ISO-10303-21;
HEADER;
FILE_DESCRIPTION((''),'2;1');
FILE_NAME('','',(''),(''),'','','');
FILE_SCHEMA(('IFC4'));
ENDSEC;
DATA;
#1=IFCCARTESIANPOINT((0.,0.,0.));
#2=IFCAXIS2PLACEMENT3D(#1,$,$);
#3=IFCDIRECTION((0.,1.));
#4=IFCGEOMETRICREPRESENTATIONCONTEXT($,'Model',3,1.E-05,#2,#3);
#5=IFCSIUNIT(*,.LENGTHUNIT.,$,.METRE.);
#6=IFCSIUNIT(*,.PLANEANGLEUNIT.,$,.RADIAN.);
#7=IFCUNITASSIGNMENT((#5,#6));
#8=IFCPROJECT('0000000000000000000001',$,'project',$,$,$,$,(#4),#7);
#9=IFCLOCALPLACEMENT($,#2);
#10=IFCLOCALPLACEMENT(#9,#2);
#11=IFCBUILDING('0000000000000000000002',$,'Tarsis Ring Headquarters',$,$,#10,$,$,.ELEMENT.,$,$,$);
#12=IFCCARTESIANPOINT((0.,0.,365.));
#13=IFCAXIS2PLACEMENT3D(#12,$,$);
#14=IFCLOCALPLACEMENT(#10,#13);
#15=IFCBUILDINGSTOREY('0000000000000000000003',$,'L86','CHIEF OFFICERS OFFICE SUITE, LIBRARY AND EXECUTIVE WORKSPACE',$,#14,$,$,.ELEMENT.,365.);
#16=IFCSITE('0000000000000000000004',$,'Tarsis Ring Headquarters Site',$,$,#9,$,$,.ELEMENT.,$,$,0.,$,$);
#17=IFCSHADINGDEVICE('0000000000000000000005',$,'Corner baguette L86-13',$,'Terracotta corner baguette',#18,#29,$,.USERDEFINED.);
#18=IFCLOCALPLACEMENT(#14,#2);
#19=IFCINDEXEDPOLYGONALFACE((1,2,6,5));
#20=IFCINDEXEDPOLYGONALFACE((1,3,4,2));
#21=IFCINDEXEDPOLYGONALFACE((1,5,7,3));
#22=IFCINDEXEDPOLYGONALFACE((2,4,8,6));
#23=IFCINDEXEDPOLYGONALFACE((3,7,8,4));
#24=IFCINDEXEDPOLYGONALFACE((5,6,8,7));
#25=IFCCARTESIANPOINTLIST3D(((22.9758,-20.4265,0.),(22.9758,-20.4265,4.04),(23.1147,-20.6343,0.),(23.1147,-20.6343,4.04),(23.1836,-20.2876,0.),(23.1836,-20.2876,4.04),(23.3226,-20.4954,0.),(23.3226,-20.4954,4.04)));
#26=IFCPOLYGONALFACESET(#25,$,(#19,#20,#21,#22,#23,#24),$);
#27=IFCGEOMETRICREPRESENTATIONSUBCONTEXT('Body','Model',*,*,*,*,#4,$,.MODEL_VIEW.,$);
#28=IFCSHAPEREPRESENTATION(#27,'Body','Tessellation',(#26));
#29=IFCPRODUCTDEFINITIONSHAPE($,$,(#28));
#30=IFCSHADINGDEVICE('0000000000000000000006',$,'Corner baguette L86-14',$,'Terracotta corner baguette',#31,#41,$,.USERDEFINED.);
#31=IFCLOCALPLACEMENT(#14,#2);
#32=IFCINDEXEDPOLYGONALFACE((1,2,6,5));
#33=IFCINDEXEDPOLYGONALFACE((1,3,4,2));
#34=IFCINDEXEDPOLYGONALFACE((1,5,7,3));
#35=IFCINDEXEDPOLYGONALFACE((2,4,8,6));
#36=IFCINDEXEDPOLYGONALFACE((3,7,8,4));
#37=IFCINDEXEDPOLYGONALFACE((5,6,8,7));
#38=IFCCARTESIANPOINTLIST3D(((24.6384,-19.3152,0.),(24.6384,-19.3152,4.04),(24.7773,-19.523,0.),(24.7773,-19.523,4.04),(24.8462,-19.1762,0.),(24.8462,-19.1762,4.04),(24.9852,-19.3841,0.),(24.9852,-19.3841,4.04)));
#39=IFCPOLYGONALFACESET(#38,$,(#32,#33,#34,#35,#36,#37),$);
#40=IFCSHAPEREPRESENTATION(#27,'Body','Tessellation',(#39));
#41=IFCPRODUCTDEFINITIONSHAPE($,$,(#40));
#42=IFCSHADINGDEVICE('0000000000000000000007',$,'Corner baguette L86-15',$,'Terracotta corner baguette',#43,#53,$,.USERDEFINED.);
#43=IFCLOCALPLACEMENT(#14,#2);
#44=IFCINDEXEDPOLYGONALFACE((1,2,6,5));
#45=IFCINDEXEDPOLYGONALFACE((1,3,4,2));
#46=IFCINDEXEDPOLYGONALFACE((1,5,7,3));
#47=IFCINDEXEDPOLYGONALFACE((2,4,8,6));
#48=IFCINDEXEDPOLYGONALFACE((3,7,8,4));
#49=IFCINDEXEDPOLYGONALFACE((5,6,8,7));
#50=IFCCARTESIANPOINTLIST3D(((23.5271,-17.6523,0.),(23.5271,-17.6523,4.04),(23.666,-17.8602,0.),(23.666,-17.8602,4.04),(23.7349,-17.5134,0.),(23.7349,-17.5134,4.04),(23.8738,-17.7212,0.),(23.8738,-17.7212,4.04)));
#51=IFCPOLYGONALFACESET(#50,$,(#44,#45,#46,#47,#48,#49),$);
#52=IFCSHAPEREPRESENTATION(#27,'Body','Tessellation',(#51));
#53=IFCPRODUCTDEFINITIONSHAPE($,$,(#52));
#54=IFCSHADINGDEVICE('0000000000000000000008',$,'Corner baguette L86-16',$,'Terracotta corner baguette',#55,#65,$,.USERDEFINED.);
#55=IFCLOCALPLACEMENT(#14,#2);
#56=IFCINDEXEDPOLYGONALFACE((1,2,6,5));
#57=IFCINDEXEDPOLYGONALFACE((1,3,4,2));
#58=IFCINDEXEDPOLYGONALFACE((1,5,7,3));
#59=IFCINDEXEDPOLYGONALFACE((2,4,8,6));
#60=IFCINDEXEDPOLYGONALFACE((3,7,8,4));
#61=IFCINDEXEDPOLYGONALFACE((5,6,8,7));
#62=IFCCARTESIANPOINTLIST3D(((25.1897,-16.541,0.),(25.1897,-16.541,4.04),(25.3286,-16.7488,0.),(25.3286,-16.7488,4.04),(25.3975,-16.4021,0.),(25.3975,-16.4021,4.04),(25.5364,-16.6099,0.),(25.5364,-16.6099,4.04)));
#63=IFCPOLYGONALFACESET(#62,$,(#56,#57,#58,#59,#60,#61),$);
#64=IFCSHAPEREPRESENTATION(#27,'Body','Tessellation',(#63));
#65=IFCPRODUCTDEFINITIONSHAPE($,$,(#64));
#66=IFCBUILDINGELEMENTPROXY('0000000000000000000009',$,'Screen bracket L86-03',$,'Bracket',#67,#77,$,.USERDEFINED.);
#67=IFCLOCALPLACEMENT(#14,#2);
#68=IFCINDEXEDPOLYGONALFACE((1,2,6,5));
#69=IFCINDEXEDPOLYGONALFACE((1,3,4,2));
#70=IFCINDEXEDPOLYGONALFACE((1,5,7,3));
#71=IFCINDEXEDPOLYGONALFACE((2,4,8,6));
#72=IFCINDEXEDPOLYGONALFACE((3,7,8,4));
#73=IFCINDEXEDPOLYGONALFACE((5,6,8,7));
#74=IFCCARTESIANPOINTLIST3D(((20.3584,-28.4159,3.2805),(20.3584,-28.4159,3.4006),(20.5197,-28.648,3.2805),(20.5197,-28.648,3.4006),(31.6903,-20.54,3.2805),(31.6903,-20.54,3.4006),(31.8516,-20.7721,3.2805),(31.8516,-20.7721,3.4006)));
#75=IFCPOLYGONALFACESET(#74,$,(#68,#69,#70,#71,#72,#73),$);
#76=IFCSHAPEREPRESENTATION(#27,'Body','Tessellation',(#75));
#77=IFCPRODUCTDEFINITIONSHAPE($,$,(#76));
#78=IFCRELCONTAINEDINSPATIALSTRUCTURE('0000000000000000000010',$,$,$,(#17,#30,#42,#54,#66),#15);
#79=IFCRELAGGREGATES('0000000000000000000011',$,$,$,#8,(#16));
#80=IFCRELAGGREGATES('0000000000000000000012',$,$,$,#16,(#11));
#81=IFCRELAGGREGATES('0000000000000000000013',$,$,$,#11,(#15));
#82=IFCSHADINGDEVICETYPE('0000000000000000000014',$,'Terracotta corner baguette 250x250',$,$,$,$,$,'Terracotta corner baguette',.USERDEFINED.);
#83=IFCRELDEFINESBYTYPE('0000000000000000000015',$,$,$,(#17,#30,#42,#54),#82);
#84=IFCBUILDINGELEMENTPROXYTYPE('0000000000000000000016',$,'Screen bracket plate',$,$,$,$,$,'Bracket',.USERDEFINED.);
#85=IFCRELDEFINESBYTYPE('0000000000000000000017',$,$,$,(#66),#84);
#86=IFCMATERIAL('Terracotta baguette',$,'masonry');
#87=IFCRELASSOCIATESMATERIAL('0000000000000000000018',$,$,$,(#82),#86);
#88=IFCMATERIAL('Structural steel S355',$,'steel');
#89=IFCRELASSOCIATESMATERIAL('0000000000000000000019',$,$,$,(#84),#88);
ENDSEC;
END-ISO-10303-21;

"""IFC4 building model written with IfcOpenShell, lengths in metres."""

from ifc_helpers import new_model, si_unit, direction, frame, origin, origin_2d, place, context, subcontext, project, spatial, rectangle, extrude, material, type_object, element, save


model = new_model("IFC4")

# Units and contexts
model_context = context("Model", 3, precision=1e-05, world=origin(), true_north=direction((0.0, 1.0)))
body_context = subcontext(model_context, "Body", "Model", "MODEL_VIEW")
ifc_project = project(units=[si_unit("LENGTHUNIT", "METRE"), si_unit("PLANEANGLEUNIT", "RADIAN")], contexts=[model_context])

# Site, building, storey
site_placement = place(None, origin())
site = spatial("IfcSite", under=ifc_project, at=site_placement, Name="Tarsis Ring Headquarters Site", CompositionType="ELEMENT", RefElevation=0.0)
building_placement = place(site_placement, origin())
building = spatial("IfcBuilding", under=site, at=building_placement, Name="Tarsis Ring Headquarters", CompositionType="ELEMENT")
storey_placement = place(building_placement, frame((0.0, 0.0, 365.0)))
storey = spatial("IfcBuildingStorey", under=building, at=storey_placement, Name="L86", Description="CHIEF OFFICERS OFFICE SUITE, LIBRARY AND EXECUTIVE WORKSPACE", CompositionType="ELEMENT", Elevation=365.0)

# Shared definitions
ifc_material_1 = material(Name="Structural steel S355", Category="steel")

# Shading devices
ifc_material_2 = material(Name="Terracotta baguette", Category="masonry")
shading_device_type_1 = type_object("IfcShadingDeviceType", Name="Terracotta corner baguette 250x250", ElementType="Terracotta corner baguette", PredefinedType="USERDEFINED", material=ifc_material_2)
for number, where, z_axis, x_axis, name in (
    (1, (23.1492, -20.4609, 0.0), (0.0, 0.0, 1.0), (-0.555716, 0.831373, 0.0), "Corner baguette L86-13"),
    (2, (24.8118, -19.3496, 0.0), (0.0, 0.0, 1.0), (0.831373, 0.555715, 0.0), "Corner baguette L86-14"),
    (3, (23.7004, -17.6868, 0.0), (0.0, 0.0, 1.0), (-0.555715, 0.831373, 0.0), "Corner baguette L86-15"),
    (4, (25.363, -16.5754, 0.0), (0.0, 0.0, 1.0), (0.831372, 0.555716, 0.0), "Corner baguette L86-16"),
):
    element("IfcShadingDevice", number, at=place(storey_placement, frame(where, z_axis=z_axis, x_axis=x_axis)), inside=storey, type_object=shading_device_type_1, Name=name, ObjectType="Terracotta corner baguette", PredefinedType="USERDEFINED", context=body_context, shape_type="SweptSolid", body=[
        extrude(rectangle(XDim=0.25, YDim=0.25, at=origin_2d()), origin(), (0.0, 0.0, 1.0), 4.04),
    ])

# Building element proxy
building_element_proxy_type = type_object("IfcBuildingElementProxyType", Name="Screen bracket plate", ElementType="Bracket", PredefinedType="USERDEFINED", material=ifc_material_1)
proxy_placement = place(storey_placement, frame((26.105, -24.594, 3.2805), z_axis=(0.0, 0.0, 1.0), x_axis=(0.821149, 0.570714, 0.0)))
element("IfcBuildingElementProxy", 5, at=proxy_placement, inside=storey, type_object=building_element_proxy_type, Name="Screen bracket L86-03", ObjectType="Bracket", PredefinedType="USERDEFINED", context=body_context, shape_type="SweptSolid", body=[
    extrude(rectangle(XDim=13.8, YDim=0.2827, at=origin_2d()), origin(), (0.0, 0.0, 1.0), 0.1201),
])

save(model, "model.ifc")
